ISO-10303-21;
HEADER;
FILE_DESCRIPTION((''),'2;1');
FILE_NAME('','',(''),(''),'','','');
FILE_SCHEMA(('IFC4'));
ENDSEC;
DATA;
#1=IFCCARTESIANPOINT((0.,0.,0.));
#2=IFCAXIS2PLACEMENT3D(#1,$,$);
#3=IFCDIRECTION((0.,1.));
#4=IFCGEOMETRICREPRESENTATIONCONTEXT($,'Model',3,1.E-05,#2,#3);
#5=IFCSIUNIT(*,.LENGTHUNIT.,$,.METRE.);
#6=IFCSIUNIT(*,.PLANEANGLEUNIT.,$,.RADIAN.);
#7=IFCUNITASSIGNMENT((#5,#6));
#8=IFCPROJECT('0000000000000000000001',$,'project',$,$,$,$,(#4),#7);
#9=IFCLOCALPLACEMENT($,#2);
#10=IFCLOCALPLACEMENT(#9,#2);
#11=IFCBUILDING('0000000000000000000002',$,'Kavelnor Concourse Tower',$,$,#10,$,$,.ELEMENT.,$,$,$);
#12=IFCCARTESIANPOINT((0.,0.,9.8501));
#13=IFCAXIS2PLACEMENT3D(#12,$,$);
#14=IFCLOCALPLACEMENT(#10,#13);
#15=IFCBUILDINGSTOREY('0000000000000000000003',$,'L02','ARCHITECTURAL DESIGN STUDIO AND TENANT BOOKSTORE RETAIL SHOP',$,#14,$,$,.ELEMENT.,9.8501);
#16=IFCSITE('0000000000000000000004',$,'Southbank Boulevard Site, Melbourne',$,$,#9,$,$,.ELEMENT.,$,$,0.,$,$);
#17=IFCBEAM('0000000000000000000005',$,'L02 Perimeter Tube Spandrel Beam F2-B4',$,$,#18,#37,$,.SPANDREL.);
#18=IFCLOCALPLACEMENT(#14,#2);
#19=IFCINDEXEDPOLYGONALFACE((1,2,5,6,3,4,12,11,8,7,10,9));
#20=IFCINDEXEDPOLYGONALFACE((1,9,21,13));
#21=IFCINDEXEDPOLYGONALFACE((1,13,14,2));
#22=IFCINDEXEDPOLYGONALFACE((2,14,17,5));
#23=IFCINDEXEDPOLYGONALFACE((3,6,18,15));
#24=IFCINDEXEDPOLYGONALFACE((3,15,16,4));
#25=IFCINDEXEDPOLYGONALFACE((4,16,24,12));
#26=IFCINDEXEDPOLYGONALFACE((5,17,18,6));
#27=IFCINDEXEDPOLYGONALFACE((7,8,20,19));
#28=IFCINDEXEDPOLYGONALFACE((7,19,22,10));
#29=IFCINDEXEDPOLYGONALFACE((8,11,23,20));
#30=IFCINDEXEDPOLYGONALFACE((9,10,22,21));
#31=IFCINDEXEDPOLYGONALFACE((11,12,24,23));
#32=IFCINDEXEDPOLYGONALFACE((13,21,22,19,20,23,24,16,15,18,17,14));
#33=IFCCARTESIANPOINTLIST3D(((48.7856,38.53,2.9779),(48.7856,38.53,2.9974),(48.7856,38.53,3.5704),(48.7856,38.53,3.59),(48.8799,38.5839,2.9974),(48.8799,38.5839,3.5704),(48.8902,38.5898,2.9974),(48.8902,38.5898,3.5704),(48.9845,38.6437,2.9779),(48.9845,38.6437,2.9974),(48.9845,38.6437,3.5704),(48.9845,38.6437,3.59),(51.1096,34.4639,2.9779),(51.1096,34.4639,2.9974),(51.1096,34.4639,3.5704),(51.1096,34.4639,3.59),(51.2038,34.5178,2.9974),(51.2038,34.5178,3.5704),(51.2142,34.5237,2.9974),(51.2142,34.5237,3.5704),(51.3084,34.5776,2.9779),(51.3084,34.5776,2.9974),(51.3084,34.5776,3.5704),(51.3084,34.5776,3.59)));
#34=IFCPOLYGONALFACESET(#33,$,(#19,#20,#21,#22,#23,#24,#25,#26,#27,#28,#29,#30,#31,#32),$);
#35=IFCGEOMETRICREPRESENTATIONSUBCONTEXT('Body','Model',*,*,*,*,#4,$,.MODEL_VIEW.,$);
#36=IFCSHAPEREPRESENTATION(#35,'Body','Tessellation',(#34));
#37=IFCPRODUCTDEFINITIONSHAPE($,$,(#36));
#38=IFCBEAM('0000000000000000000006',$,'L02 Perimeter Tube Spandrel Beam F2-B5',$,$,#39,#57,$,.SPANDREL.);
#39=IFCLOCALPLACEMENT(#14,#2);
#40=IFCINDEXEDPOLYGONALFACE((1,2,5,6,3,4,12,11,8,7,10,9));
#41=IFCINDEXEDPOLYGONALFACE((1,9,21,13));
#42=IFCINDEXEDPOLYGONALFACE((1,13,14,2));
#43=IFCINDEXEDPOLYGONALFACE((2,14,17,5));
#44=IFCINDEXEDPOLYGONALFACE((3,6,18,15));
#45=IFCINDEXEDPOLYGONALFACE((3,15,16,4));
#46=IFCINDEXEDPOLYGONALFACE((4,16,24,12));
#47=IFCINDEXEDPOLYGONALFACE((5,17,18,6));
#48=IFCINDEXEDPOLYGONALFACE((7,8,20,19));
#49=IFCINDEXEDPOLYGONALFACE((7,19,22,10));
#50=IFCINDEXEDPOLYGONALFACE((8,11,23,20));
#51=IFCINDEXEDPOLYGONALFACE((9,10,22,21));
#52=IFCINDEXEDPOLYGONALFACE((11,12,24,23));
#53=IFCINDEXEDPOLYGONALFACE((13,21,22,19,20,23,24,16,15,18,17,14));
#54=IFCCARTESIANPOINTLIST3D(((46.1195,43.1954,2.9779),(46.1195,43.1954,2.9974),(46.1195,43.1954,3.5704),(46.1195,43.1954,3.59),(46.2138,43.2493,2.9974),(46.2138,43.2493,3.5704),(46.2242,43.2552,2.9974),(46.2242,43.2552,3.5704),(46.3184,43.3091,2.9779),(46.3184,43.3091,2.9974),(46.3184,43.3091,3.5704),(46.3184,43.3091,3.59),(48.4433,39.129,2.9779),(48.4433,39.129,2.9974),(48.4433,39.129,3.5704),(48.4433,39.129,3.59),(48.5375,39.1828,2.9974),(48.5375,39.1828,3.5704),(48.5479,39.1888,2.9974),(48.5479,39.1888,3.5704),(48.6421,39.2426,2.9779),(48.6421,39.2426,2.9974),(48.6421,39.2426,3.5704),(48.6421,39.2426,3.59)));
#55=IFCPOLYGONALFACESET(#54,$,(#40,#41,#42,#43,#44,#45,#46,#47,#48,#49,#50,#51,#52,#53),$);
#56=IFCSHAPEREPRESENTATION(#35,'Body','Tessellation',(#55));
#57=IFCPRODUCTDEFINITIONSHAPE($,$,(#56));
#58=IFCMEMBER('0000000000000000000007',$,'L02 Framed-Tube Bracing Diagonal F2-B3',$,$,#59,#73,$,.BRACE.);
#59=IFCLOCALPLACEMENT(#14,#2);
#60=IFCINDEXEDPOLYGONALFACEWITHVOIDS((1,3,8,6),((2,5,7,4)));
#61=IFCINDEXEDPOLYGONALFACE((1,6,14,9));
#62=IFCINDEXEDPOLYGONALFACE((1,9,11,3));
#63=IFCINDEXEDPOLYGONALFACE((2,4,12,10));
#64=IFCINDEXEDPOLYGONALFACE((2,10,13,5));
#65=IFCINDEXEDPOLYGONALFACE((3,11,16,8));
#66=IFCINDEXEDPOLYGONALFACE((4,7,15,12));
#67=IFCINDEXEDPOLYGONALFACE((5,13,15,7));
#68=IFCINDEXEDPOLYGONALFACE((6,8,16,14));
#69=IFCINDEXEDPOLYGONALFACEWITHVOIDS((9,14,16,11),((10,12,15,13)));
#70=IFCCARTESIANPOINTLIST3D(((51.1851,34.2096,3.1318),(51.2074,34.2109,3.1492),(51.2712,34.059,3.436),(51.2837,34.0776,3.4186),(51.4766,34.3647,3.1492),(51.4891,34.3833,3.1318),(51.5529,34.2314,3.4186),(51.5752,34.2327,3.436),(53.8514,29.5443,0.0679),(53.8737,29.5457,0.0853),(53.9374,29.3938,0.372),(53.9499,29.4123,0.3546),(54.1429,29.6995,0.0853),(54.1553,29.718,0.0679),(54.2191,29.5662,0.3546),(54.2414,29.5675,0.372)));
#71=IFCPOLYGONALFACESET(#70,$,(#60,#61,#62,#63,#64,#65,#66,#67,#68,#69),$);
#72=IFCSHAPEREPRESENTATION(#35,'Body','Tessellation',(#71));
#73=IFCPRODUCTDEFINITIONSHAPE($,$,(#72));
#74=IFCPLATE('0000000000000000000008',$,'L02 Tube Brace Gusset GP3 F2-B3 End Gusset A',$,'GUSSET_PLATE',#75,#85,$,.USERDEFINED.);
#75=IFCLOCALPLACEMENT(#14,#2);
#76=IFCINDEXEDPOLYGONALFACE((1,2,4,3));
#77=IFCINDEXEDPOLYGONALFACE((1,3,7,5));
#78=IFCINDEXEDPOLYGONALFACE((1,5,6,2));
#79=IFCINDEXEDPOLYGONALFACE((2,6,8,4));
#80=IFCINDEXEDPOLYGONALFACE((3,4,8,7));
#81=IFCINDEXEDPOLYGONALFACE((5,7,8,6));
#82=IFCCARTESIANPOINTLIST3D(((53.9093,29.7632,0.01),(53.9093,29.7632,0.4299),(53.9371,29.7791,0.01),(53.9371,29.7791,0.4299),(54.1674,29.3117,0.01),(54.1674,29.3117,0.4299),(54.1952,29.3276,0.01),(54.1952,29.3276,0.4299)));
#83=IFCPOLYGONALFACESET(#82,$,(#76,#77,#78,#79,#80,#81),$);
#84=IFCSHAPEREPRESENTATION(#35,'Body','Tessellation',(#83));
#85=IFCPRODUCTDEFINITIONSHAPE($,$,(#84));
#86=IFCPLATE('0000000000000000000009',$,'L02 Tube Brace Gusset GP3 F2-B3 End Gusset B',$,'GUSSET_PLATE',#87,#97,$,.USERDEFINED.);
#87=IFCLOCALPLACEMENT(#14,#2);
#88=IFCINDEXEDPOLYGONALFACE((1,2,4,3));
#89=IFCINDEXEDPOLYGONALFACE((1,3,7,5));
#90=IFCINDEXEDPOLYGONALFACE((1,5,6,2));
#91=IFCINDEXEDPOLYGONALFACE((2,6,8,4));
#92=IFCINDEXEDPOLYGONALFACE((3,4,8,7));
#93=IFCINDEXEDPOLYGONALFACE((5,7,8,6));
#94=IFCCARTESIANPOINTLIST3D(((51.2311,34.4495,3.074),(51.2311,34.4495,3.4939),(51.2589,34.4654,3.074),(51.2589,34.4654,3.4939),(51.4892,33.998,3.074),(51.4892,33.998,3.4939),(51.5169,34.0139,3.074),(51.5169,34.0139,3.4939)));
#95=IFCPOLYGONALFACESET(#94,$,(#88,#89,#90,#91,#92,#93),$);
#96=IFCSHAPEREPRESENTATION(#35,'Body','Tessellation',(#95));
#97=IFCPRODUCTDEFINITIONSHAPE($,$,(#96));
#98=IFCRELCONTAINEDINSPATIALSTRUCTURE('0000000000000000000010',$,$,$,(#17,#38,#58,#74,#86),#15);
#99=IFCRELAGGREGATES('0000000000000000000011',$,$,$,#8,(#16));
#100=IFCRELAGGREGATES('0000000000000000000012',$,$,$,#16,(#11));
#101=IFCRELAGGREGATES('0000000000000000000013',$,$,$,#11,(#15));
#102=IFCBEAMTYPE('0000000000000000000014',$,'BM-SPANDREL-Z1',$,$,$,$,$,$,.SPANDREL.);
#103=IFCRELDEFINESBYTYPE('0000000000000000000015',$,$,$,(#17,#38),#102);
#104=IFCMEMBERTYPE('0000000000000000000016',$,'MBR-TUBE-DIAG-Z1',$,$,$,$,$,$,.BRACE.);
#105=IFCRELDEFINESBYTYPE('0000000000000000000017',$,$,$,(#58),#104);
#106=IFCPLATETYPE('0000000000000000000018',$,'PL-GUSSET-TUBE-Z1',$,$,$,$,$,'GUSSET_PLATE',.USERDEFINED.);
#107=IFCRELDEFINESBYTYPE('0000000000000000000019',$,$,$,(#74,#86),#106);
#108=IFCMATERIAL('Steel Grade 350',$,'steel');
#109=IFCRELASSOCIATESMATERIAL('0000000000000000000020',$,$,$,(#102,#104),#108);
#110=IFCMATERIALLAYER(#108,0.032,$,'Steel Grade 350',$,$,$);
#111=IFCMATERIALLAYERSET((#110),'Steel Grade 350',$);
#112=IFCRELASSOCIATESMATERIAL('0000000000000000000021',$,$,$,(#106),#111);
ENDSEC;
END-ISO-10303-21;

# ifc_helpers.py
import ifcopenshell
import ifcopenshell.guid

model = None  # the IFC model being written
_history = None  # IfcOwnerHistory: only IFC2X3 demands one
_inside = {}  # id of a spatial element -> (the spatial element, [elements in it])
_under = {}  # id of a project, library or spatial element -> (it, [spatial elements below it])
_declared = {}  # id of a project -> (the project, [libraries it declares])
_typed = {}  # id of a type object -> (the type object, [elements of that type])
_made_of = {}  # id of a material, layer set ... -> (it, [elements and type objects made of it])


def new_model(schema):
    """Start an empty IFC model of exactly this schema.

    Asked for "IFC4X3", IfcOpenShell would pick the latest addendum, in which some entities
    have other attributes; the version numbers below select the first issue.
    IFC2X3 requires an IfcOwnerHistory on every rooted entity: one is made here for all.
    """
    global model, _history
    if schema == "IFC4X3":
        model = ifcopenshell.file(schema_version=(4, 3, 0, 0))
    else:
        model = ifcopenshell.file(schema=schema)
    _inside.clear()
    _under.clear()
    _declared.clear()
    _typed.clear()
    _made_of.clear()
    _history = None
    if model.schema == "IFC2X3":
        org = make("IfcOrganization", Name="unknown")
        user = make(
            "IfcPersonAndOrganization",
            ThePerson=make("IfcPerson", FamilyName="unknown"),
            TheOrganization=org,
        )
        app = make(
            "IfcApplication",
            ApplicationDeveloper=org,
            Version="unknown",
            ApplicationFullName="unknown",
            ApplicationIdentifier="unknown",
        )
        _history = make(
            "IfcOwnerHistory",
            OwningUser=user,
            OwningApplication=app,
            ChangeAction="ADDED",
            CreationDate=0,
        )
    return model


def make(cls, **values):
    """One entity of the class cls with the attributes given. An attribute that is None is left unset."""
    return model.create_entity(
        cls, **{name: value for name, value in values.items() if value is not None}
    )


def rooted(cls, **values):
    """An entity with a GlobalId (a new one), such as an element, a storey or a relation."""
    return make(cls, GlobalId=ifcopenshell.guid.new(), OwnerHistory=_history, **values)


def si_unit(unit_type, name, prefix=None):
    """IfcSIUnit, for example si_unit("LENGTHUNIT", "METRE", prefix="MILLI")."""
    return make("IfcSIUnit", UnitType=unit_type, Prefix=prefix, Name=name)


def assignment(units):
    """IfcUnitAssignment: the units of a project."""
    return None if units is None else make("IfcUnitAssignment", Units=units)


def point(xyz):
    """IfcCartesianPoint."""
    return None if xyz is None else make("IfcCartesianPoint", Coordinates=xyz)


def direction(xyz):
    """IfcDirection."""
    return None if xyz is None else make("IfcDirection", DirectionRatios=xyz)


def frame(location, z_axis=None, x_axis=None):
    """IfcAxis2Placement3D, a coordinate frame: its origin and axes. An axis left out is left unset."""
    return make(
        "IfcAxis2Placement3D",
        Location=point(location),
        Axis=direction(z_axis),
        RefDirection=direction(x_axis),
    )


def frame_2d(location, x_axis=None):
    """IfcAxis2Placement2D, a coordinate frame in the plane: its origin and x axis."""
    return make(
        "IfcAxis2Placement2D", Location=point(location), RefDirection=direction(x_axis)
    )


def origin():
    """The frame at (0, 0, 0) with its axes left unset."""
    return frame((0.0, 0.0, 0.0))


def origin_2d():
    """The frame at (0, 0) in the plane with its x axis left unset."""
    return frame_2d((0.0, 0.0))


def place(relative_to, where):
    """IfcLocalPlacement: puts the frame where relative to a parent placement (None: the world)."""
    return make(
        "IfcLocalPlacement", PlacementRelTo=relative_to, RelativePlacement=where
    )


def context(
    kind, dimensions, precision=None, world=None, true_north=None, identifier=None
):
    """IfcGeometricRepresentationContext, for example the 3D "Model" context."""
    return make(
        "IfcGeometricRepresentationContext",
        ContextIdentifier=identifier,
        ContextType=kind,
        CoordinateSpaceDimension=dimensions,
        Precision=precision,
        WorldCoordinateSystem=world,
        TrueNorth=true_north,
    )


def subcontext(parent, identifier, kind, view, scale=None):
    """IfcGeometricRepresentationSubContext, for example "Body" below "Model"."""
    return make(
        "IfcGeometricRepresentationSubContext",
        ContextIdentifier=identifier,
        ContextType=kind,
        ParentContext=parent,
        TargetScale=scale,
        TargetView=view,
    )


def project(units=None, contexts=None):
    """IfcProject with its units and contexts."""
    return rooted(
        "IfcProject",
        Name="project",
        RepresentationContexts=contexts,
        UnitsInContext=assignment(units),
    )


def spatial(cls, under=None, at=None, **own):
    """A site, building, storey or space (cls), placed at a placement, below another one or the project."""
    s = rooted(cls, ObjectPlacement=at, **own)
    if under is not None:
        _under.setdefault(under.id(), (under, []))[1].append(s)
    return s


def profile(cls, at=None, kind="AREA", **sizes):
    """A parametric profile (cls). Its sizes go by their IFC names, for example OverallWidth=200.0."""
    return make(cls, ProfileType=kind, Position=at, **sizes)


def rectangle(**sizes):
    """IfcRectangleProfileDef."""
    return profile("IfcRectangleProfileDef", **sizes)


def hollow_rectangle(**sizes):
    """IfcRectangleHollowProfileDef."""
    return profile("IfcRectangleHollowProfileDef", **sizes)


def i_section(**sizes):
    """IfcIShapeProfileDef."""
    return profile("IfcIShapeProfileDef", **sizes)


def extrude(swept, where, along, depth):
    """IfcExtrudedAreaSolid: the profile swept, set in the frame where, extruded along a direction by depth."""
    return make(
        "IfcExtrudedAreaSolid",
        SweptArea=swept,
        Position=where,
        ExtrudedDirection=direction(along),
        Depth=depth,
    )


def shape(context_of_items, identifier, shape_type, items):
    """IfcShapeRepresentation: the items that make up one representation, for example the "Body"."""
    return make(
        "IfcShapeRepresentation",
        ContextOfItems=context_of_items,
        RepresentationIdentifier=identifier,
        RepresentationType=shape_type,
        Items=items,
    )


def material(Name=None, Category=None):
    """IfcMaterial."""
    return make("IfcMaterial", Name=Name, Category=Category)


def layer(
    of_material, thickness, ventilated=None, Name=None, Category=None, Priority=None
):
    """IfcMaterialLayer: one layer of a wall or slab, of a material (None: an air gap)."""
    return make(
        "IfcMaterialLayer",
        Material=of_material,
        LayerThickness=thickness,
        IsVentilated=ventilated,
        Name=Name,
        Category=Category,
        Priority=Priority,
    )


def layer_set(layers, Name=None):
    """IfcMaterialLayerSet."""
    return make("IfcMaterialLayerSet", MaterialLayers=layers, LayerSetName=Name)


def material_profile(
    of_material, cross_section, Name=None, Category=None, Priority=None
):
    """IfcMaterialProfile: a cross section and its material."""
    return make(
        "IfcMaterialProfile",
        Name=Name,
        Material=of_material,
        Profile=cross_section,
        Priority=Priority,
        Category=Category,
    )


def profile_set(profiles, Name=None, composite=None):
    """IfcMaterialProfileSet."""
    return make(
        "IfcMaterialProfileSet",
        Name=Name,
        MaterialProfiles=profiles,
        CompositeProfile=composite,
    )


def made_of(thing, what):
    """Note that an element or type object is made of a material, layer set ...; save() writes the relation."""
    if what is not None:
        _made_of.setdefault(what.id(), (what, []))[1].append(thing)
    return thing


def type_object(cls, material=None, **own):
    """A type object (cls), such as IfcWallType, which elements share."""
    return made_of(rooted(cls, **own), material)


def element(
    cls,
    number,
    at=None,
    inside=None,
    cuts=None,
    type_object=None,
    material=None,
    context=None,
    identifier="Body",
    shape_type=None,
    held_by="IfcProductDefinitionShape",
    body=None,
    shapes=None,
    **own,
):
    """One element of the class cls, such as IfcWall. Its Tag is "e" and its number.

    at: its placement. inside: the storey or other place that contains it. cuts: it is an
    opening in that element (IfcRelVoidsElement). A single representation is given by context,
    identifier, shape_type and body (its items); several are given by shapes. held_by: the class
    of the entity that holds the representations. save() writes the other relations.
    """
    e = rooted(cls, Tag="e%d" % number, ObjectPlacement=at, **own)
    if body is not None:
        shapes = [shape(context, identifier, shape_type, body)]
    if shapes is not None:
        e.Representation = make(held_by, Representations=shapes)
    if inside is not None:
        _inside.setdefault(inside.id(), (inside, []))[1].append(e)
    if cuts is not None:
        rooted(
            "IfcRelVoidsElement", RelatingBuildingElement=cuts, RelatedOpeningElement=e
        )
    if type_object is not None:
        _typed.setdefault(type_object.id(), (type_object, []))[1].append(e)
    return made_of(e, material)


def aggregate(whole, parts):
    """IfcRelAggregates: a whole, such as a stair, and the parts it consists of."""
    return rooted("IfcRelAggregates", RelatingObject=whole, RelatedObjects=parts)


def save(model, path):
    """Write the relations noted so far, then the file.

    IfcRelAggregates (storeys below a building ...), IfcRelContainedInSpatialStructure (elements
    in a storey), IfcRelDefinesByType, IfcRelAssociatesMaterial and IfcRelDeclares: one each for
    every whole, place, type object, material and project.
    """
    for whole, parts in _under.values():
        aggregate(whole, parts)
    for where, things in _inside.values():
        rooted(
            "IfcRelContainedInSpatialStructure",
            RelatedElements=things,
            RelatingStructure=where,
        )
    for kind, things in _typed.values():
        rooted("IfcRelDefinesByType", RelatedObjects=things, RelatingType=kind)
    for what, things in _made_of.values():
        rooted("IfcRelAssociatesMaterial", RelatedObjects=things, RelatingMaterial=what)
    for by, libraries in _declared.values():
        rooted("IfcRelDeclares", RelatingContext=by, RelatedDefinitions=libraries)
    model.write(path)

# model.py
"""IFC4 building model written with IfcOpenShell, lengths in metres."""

from ifc_helpers import new_model, si_unit, direction, frame, origin, origin_2d, place, context, subcontext, project, spatial, rectangle, hollow_rectangle, i_section, extrude, material, layer, layer_set, material_profile, profile_set, type_object, element, save


model = new_model("IFC4")

# Units and contexts
model_context = context("Model", 3, precision=1e-05, world=origin(), true_north=direction((0.0, 1.0)))
body_context = subcontext(model_context, "Body", "Model", "MODEL_VIEW")
ifc_project = project(units=[si_unit("LENGTHUNIT", "METRE"), si_unit("PLANEANGLEUNIT", "RADIAN")], contexts=[model_context])

# Site, building, storey
site_placement = place(None, origin())
site = spatial("IfcSite", under=ifc_project, at=site_placement, Name="Southbank Boulevard Site, Melbourne", CompositionType="ELEMENT", RefElevation=0.0)
building_placement = place(site_placement, origin())
building = spatial("IfcBuilding", under=site, at=building_placement, Name="Kavelnor Concourse Tower", CompositionType="ELEMENT")
storey_placement = place(building_placement, frame((0.0, 0.0, 9.8501)))
storey = spatial("IfcBuildingStorey", under=building, at=storey_placement, Name="L02", Description="ARCHITECTURAL DESIGN STUDIO AND TENANT BOOKSTORE RETAIL SHOP", CompositionType="ELEMENT", Elevation=9.8501)

# Shared definitions
ifc_material_1 = material(Name="Steel Grade 350", Category="steel")

# Beams
ifc_material_profile_1 = material_profile(ifc_material_1, i_section(OverallWidth=0.229, OverallDepth=0.6121, WebThickness=0.012, FlangeThickness=0.0195, at=origin_2d()), Name="610UB125")
ifc_profile_set_1 = profile_set([ifc_material_profile_1], Name="Steel Grade 350")
beam_type_1 = type_object("IfcBeamType", Name="BM-SPANDREL-Z1", PredefinedType="SPANDREL", material=ifc_profile_set_1)
for number, where, z_axis, x_axis, name in (
    (1, (51.209, 34.5208, 3.2839), (-0.496212, 0.868201, 0.0), (-0.868201, -0.496212, 0.0), "L02 Perimeter Tube Spandrel Beam F2-B4"),
):
    element("IfcBeam", number, at=place(storey_placement, frame(where, z_axis=z_axis, x_axis=x_axis)), inside=storey, type_object=beam_type_1, Name=name, PredefinedType="SPANDREL", context=body_context, shape_type="SweptSolid", body=[
        extrude(i_section(OverallWidth=0.229, OverallDepth=0.6121, WebThickness=0.012, FlangeThickness=0.0195, at=origin_2d()), origin(), (0.0, 0.0, 1.0), 4.6833),
    ])
beam_1_placement = place(storey_placement, frame((48.5427, 39.1858, 3.2839), z_axis=(-0.49615, 0.868237, 0.0), x_axis=(-0.868237, -0.49615, 0.0)))
element("IfcBeam", 2, at=beam_1_placement, inside=storey, type_object=beam_type_1, Name="L02 Perimeter Tube Spandrel Beam F2-B5", PredefinedType="SPANDREL", context=body_context, shape_type="SweptSolid", body=[
    extrude(i_section(OverallWidth=0.229, OverallDepth=0.6121, WebThickness=0.012, FlangeThickness=0.0195, at=origin_2d()), origin(), (0.0, 0.0, 1.0), 4.6836),
])

# Member
ifc_material_profile_2 = material_profile(ifc_material_1, hollow_rectangle(XDim=0.3501, YDim=0.3501, WallThickness=0.02, at=origin_2d()), Name="SHS 350x350x20")
ifc_profile_set_2 = profile_set([ifc_material_profile_2], Name="Steel Grade 350")
member_type = type_object("IfcMemberType", Name="MBR-TUBE-DIAG-Z1", PredefinedType="BRACE", material=ifc_profile_set_2)
member_placement = place(storey_placement, frame((54.0464, 29.5559, 0.22), z_axis=(-0.431043, 0.754216, 0.495338), x_axis=(-0.868212, -0.496193, 0.0)))
element("IfcMember", 3, at=member_placement, inside=storey, type_object=member_type, Name="L02 Framed-Tube Bracing Diagonal F2-B3", PredefinedType="BRACE", context=body_context, shape_type="SweptSolid", body=[
    extrude(hollow_rectangle(XDim=0.3501, YDim=0.3501, WallThickness=0.02, at=origin_2d()), origin(), (0.0, 0.0, 1.0), 6.1855),
])

# Plates
ifc_layer_1 = layer(ifc_material_1, 0.032, Name="Steel Grade 350")
ifc_layer_set_1 = layer_set([ifc_layer_1], Name="Steel Grade 350")
plate_type = type_object("IfcPlateType", Name="PL-GUSSET-TUBE-Z1", ElementType="GUSSET_PLATE", PredefinedType="USERDEFINED", material=ifc_layer_set_1)
for number, where, z_axis, x_axis, name in (
    (4, (54.0522, 29.5454, 0.01), (0.0, 0.0, 1.0), (-0.496217, 0.868199, 0.0), "L02 Tube Brace Gusset GP3 F2-B3 End Gusset A"),
    (5, (51.374, 34.2317, 3.074), (0.0, 0.0, 1.0), (-0.496217, 0.868199, 0.0), "L02 Tube Brace Gusset GP3 F2-B3 End Gusset B"),
):
    element("IfcPlate", number, at=place(storey_placement, frame(where, z_axis=z_axis, x_axis=x_axis)), inside=storey, type_object=plate_type, Name=name, ObjectType="GUSSET_PLATE", PredefinedType="USERDEFINED", context=body_context, shape_type="SweptSolid", body=[
        extrude(rectangle(XDim=0.52, YDim=0.032, at=origin_2d()), origin(), (0.0, 0.0, 1.0), 0.4199),
    ])

save(model, "model.ifc")
